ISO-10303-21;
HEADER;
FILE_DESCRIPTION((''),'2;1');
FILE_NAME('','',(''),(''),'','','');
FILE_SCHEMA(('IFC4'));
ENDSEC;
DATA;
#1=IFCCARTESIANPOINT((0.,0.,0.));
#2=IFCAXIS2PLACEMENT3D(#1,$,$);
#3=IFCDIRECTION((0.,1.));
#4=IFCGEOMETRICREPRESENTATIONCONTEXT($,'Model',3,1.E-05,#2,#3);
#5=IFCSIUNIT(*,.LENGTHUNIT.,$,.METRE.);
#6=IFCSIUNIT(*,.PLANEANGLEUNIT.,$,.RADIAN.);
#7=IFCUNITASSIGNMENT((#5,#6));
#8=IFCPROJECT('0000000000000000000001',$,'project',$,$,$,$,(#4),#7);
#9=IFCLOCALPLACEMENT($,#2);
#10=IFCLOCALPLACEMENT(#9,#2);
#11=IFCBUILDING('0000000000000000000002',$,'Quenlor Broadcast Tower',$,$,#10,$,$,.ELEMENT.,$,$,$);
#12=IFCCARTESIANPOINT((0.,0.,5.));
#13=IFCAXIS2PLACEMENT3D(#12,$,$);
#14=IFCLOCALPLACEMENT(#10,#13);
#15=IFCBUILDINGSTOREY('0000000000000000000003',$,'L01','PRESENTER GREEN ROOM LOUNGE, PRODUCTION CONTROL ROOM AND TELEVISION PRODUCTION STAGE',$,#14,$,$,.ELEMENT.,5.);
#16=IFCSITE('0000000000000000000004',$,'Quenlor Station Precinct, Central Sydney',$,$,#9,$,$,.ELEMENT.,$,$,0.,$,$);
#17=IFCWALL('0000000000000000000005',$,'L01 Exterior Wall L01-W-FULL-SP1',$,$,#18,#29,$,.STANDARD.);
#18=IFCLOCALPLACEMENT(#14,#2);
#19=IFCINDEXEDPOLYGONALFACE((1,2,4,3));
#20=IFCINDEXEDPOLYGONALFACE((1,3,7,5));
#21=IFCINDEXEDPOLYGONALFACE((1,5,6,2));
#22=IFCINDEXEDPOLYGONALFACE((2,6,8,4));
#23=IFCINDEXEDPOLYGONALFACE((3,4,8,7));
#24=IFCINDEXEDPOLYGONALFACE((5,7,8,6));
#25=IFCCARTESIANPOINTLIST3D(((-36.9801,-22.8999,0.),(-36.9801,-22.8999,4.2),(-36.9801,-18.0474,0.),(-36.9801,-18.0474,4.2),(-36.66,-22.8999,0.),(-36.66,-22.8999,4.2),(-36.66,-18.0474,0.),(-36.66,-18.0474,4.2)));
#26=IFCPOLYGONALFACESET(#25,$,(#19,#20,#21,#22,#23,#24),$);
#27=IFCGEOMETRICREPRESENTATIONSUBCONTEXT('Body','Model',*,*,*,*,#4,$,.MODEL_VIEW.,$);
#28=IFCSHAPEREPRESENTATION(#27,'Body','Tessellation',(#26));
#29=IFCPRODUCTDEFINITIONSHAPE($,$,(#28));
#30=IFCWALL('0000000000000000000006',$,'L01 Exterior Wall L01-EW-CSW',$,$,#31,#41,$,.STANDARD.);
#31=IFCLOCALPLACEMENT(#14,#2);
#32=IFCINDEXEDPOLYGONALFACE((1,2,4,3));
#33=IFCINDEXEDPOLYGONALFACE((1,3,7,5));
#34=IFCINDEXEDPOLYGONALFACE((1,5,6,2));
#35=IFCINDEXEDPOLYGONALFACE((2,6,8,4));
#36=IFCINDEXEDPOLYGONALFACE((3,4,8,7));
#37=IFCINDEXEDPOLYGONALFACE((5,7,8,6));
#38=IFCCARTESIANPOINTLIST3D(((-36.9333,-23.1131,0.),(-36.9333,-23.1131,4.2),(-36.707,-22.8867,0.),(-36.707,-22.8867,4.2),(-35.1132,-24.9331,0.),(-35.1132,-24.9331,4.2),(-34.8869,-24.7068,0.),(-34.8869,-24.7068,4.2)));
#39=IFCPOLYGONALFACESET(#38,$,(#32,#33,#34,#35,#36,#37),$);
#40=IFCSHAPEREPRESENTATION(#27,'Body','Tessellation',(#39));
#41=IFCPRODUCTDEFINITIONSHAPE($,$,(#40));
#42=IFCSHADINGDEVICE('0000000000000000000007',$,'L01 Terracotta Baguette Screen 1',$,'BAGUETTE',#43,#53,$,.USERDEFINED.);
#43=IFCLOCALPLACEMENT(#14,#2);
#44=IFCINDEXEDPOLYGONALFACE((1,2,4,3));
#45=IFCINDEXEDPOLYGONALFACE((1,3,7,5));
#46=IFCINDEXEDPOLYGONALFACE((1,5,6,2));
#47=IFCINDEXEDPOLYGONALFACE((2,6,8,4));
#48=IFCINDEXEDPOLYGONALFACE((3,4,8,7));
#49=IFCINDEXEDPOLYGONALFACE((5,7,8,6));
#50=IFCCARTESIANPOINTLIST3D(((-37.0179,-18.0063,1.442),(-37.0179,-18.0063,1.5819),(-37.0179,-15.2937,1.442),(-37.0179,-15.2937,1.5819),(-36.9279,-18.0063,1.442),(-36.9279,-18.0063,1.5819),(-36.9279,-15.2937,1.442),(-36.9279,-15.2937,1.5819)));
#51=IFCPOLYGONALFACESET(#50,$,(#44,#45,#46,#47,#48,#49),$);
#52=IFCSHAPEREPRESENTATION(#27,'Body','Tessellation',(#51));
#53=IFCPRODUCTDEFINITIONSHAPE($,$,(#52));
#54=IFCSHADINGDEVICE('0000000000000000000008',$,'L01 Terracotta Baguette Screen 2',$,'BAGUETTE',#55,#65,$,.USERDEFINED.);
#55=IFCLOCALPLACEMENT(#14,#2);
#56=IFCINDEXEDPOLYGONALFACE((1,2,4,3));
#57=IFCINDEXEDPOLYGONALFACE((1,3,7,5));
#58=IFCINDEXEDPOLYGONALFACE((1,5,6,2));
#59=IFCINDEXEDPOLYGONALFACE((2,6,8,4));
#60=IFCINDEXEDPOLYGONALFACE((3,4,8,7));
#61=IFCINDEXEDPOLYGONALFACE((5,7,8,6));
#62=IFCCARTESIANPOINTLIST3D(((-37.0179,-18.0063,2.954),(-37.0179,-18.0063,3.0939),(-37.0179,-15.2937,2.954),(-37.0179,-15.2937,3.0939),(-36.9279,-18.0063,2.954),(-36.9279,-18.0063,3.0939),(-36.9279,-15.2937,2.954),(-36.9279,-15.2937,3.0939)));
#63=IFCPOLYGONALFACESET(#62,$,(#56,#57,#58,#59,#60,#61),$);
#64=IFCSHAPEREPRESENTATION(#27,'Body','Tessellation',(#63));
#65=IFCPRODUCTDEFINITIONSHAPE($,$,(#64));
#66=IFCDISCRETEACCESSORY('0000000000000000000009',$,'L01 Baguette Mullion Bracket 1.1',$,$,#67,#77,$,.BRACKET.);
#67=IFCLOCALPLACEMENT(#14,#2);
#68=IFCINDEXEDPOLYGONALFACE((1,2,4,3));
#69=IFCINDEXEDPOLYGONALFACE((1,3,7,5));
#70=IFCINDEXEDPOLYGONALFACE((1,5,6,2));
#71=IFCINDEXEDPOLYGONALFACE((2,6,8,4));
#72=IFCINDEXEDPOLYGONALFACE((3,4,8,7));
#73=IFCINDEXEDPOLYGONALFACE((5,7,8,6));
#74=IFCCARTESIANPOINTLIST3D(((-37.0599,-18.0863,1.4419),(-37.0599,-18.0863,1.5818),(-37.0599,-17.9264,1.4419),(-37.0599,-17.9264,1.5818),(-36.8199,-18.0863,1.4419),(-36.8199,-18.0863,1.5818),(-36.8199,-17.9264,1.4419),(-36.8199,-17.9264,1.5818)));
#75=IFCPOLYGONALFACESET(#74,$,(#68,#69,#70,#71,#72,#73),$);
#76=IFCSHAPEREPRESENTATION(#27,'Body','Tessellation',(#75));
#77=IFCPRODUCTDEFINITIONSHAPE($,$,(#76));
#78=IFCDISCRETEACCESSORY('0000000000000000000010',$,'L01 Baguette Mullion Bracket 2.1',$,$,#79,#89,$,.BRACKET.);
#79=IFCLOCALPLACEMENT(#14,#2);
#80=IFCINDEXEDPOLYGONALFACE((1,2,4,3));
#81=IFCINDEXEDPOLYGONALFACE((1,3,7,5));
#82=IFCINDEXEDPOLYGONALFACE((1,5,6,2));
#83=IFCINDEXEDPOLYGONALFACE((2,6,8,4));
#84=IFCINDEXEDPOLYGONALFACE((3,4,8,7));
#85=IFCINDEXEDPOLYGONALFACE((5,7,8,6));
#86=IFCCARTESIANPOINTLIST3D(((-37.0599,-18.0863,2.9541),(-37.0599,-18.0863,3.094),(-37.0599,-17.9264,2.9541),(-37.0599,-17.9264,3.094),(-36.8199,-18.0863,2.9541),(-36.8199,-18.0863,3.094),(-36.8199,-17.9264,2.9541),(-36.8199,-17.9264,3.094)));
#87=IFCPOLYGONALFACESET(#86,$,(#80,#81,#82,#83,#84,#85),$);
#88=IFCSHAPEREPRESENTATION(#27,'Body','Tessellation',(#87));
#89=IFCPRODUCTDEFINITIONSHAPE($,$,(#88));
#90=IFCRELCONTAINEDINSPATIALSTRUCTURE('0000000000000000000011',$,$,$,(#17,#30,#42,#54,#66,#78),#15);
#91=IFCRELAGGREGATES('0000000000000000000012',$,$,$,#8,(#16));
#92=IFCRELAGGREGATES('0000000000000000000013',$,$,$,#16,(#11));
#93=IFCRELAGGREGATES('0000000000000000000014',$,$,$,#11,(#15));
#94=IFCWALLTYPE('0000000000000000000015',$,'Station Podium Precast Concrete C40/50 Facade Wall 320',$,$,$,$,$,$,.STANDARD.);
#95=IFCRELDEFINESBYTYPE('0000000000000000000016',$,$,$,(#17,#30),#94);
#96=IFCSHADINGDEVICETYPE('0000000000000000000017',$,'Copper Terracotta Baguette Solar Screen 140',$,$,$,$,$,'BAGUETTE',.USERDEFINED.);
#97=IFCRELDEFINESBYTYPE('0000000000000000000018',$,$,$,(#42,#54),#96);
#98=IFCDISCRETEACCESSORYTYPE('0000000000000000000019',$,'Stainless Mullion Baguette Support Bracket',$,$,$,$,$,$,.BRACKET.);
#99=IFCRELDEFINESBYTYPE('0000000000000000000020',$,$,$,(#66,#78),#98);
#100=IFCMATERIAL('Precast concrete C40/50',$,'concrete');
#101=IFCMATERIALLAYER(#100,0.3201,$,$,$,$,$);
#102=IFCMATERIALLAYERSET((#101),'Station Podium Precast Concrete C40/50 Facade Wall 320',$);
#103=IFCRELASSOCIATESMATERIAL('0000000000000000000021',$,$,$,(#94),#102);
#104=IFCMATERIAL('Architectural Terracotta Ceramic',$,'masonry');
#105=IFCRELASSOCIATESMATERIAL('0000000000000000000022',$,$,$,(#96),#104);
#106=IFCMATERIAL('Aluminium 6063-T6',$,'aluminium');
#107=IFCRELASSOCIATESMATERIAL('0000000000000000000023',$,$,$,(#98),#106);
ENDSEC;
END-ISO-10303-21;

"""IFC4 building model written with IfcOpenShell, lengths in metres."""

from ifc_helpers import new_model, si_unit, direction, frame, frame_2d, origin, origin_2d, place, context, subcontext, project, spatial, rectangle, extrude, material, layer, layer_set, material_profile, profile_set, type_object, element, save


model = new_model("IFC4")

# Units and contexts
model_context = context("Model", 3, precision=1e-05, world=origin(), true_north=direction((0.0, 1.0)))
body_context = subcontext(model_context, "Body", "Model", "MODEL_VIEW")
ifc_project = project(units=[si_unit("LENGTHUNIT", "METRE"), si_unit("PLANEANGLEUNIT", "RADIAN")], contexts=[model_context])

# Site, building, storey
site_placement = place(None, origin())
site = spatial("IfcSite", under=ifc_project, at=site_placement, Name="Quenlor Station Precinct, Central Sydney", CompositionType="ELEMENT", RefElevation=0.0)
building_placement = place(site_placement, origin())
building = spatial("IfcBuilding", under=site, at=building_placement, Name="Quenlor Broadcast Tower", CompositionType="ELEMENT")
storey_placement = place(building_placement, frame((0.0, 0.0, 5.0)))
storey = spatial("IfcBuildingStorey", under=building, at=storey_placement, Name="L01", Description="PRESENTER GREEN ROOM LOUNGE, PRODUCTION CONTROL ROOM AND TELEVISION PRODUCTION STAGE", CompositionType="ELEMENT", Elevation=5.0)

# Walls
ifc_material_1 = material(Name="Precast concrete C40/50", Category="concrete")
ifc_layer_1 = layer(ifc_material_1, 0.3201)
ifc_layer_set_1 = layer_set([ifc_layer_1], Name="Station Podium Precast Concrete C40/50 Facade Wall 320")
wall_type = type_object("IfcWallType", Name="Station Podium Precast Concrete C40/50 Facade Wall 320", PredefinedType="STANDARD", material=ifc_layer_set_1)
wall_1_placement = place(storey_placement, frame((-36.8201, -22.8999, 0.0), z_axis=(0.0, 0.0, 1.0), x_axis=(0.0, 1.0, 0.0)))
element("IfcWall", 1, at=wall_1_placement, inside=storey, type_object=wall_type, Name="L01 Exterior Wall L01-W-FULL-SP1", PredefinedType="STANDARD", context=body_context, shape_type="SweptSolid", body=[
    extrude(rectangle(XDim=4.8525, YDim=0.3201, at=frame_2d((2.4263, 0.0))), origin(), (0.0, 0.0, 1.0), 4.2),
])
wall_2_placement = place(storey_placement, frame((-35.0, -24.8201, 0.0), z_axis=(0.0, 0.0, 1.0), x_axis=(-0.707107, 0.707107, 0.0)))
element("IfcWall", 2, at=wall_2_placement, inside=storey, type_object=wall_type, Name="L01 Exterior Wall L01-EW-CSW", PredefinedType="STANDARD", context=body_context, shape_type="SweptSolid", body=[
    extrude(rectangle(XDim=2.574, YDim=0.3201, at=frame_2d((1.2871, 0.0))), origin(), (0.0, 0.0, 1.0), 4.2),
])

# Shading devices
ifc_material_2 = material(Name="Architectural Terracotta Ceramic", Category="masonry")
ifc_material_profile_1 = material_profile(ifc_material_2, rectangle(XDim=0.0901, YDim=0.1399, at=origin_2d()))
ifc_profile_set_1 = profile_set([ifc_material_profile_1], Name="Architectural Terracotta Ceramic BAG90x140")
shading_device_type = type_object("IfcShadingDeviceType", Name="Copper Terracotta Baguette Solar Screen 140", ElementType="BAGUETTE", PredefinedType="USERDEFINED", material=ifc_profile_set_1)
for number, where, z_axis, x_axis, name in (
    (3, (-36.9729, -18.0063, 1.512), (0.0, 1.0, 0.0), (-1.0, 0.0, 0.0), "L01 Terracotta Baguette Screen 1"),
    (4, (-36.9729, -18.0063, 3.0239), (0.0, 1.0, 0.0), (-1.0, 0.0, 0.0), "L01 Terracotta Baguette Screen 2"),
):
    element("IfcShadingDevice", number, at=place(storey_placement, frame(where, z_axis=z_axis, x_axis=x_axis)), inside=storey, type_object=shading_device_type, Name=name, ObjectType="BAGUETTE", PredefinedType="USERDEFINED", context=body_context, shape_type="SweptSolid", body=[
        extrude(rectangle(XDim=0.0901, YDim=0.1399, at=origin_2d()), origin(), (0.0, 0.0, 1.0), 2.7126),
    ])

# Discrete accessories
ifc_material_3 = material(Name="Aluminium 6063-T6", Category="aluminium")
discrete_accessory_type = type_object("IfcDiscreteAccessoryType", Name="Stainless Mullion Baguette Support Bracket", PredefinedType="BRACKET", material=ifc_material_3)
for number, where, z_axis, x_axis, name in (
    (5, (-36.9399, -18.0063, 1.4419), (0.0, 0.0, 1.0), (0.0, 1.0, 0.0), "L01 Baguette Mullion Bracket 1.1"),
    (6, (-36.9399, -18.0063, 2.9541), (0.0, 0.0, 1.0), (0.0, 1.0, 0.0), "L01 Baguette Mullion Bracket 2.1"),
):
    element("IfcDiscreteAccessory", number, at=place(storey_placement, frame(where, z_axis=z_axis, x_axis=x_axis)), inside=storey, type_object=discrete_accessory_type, Name=name, PredefinedType="BRACKET", context=body_context, shape_type="SweptSolid", body=[
        extrude(rectangle(XDim=0.1599, YDim=0.24, at=origin_2d()), origin(), (0.0, 0.0, 1.0), 0.1399),
    ])

save(model, "model.ifc")
